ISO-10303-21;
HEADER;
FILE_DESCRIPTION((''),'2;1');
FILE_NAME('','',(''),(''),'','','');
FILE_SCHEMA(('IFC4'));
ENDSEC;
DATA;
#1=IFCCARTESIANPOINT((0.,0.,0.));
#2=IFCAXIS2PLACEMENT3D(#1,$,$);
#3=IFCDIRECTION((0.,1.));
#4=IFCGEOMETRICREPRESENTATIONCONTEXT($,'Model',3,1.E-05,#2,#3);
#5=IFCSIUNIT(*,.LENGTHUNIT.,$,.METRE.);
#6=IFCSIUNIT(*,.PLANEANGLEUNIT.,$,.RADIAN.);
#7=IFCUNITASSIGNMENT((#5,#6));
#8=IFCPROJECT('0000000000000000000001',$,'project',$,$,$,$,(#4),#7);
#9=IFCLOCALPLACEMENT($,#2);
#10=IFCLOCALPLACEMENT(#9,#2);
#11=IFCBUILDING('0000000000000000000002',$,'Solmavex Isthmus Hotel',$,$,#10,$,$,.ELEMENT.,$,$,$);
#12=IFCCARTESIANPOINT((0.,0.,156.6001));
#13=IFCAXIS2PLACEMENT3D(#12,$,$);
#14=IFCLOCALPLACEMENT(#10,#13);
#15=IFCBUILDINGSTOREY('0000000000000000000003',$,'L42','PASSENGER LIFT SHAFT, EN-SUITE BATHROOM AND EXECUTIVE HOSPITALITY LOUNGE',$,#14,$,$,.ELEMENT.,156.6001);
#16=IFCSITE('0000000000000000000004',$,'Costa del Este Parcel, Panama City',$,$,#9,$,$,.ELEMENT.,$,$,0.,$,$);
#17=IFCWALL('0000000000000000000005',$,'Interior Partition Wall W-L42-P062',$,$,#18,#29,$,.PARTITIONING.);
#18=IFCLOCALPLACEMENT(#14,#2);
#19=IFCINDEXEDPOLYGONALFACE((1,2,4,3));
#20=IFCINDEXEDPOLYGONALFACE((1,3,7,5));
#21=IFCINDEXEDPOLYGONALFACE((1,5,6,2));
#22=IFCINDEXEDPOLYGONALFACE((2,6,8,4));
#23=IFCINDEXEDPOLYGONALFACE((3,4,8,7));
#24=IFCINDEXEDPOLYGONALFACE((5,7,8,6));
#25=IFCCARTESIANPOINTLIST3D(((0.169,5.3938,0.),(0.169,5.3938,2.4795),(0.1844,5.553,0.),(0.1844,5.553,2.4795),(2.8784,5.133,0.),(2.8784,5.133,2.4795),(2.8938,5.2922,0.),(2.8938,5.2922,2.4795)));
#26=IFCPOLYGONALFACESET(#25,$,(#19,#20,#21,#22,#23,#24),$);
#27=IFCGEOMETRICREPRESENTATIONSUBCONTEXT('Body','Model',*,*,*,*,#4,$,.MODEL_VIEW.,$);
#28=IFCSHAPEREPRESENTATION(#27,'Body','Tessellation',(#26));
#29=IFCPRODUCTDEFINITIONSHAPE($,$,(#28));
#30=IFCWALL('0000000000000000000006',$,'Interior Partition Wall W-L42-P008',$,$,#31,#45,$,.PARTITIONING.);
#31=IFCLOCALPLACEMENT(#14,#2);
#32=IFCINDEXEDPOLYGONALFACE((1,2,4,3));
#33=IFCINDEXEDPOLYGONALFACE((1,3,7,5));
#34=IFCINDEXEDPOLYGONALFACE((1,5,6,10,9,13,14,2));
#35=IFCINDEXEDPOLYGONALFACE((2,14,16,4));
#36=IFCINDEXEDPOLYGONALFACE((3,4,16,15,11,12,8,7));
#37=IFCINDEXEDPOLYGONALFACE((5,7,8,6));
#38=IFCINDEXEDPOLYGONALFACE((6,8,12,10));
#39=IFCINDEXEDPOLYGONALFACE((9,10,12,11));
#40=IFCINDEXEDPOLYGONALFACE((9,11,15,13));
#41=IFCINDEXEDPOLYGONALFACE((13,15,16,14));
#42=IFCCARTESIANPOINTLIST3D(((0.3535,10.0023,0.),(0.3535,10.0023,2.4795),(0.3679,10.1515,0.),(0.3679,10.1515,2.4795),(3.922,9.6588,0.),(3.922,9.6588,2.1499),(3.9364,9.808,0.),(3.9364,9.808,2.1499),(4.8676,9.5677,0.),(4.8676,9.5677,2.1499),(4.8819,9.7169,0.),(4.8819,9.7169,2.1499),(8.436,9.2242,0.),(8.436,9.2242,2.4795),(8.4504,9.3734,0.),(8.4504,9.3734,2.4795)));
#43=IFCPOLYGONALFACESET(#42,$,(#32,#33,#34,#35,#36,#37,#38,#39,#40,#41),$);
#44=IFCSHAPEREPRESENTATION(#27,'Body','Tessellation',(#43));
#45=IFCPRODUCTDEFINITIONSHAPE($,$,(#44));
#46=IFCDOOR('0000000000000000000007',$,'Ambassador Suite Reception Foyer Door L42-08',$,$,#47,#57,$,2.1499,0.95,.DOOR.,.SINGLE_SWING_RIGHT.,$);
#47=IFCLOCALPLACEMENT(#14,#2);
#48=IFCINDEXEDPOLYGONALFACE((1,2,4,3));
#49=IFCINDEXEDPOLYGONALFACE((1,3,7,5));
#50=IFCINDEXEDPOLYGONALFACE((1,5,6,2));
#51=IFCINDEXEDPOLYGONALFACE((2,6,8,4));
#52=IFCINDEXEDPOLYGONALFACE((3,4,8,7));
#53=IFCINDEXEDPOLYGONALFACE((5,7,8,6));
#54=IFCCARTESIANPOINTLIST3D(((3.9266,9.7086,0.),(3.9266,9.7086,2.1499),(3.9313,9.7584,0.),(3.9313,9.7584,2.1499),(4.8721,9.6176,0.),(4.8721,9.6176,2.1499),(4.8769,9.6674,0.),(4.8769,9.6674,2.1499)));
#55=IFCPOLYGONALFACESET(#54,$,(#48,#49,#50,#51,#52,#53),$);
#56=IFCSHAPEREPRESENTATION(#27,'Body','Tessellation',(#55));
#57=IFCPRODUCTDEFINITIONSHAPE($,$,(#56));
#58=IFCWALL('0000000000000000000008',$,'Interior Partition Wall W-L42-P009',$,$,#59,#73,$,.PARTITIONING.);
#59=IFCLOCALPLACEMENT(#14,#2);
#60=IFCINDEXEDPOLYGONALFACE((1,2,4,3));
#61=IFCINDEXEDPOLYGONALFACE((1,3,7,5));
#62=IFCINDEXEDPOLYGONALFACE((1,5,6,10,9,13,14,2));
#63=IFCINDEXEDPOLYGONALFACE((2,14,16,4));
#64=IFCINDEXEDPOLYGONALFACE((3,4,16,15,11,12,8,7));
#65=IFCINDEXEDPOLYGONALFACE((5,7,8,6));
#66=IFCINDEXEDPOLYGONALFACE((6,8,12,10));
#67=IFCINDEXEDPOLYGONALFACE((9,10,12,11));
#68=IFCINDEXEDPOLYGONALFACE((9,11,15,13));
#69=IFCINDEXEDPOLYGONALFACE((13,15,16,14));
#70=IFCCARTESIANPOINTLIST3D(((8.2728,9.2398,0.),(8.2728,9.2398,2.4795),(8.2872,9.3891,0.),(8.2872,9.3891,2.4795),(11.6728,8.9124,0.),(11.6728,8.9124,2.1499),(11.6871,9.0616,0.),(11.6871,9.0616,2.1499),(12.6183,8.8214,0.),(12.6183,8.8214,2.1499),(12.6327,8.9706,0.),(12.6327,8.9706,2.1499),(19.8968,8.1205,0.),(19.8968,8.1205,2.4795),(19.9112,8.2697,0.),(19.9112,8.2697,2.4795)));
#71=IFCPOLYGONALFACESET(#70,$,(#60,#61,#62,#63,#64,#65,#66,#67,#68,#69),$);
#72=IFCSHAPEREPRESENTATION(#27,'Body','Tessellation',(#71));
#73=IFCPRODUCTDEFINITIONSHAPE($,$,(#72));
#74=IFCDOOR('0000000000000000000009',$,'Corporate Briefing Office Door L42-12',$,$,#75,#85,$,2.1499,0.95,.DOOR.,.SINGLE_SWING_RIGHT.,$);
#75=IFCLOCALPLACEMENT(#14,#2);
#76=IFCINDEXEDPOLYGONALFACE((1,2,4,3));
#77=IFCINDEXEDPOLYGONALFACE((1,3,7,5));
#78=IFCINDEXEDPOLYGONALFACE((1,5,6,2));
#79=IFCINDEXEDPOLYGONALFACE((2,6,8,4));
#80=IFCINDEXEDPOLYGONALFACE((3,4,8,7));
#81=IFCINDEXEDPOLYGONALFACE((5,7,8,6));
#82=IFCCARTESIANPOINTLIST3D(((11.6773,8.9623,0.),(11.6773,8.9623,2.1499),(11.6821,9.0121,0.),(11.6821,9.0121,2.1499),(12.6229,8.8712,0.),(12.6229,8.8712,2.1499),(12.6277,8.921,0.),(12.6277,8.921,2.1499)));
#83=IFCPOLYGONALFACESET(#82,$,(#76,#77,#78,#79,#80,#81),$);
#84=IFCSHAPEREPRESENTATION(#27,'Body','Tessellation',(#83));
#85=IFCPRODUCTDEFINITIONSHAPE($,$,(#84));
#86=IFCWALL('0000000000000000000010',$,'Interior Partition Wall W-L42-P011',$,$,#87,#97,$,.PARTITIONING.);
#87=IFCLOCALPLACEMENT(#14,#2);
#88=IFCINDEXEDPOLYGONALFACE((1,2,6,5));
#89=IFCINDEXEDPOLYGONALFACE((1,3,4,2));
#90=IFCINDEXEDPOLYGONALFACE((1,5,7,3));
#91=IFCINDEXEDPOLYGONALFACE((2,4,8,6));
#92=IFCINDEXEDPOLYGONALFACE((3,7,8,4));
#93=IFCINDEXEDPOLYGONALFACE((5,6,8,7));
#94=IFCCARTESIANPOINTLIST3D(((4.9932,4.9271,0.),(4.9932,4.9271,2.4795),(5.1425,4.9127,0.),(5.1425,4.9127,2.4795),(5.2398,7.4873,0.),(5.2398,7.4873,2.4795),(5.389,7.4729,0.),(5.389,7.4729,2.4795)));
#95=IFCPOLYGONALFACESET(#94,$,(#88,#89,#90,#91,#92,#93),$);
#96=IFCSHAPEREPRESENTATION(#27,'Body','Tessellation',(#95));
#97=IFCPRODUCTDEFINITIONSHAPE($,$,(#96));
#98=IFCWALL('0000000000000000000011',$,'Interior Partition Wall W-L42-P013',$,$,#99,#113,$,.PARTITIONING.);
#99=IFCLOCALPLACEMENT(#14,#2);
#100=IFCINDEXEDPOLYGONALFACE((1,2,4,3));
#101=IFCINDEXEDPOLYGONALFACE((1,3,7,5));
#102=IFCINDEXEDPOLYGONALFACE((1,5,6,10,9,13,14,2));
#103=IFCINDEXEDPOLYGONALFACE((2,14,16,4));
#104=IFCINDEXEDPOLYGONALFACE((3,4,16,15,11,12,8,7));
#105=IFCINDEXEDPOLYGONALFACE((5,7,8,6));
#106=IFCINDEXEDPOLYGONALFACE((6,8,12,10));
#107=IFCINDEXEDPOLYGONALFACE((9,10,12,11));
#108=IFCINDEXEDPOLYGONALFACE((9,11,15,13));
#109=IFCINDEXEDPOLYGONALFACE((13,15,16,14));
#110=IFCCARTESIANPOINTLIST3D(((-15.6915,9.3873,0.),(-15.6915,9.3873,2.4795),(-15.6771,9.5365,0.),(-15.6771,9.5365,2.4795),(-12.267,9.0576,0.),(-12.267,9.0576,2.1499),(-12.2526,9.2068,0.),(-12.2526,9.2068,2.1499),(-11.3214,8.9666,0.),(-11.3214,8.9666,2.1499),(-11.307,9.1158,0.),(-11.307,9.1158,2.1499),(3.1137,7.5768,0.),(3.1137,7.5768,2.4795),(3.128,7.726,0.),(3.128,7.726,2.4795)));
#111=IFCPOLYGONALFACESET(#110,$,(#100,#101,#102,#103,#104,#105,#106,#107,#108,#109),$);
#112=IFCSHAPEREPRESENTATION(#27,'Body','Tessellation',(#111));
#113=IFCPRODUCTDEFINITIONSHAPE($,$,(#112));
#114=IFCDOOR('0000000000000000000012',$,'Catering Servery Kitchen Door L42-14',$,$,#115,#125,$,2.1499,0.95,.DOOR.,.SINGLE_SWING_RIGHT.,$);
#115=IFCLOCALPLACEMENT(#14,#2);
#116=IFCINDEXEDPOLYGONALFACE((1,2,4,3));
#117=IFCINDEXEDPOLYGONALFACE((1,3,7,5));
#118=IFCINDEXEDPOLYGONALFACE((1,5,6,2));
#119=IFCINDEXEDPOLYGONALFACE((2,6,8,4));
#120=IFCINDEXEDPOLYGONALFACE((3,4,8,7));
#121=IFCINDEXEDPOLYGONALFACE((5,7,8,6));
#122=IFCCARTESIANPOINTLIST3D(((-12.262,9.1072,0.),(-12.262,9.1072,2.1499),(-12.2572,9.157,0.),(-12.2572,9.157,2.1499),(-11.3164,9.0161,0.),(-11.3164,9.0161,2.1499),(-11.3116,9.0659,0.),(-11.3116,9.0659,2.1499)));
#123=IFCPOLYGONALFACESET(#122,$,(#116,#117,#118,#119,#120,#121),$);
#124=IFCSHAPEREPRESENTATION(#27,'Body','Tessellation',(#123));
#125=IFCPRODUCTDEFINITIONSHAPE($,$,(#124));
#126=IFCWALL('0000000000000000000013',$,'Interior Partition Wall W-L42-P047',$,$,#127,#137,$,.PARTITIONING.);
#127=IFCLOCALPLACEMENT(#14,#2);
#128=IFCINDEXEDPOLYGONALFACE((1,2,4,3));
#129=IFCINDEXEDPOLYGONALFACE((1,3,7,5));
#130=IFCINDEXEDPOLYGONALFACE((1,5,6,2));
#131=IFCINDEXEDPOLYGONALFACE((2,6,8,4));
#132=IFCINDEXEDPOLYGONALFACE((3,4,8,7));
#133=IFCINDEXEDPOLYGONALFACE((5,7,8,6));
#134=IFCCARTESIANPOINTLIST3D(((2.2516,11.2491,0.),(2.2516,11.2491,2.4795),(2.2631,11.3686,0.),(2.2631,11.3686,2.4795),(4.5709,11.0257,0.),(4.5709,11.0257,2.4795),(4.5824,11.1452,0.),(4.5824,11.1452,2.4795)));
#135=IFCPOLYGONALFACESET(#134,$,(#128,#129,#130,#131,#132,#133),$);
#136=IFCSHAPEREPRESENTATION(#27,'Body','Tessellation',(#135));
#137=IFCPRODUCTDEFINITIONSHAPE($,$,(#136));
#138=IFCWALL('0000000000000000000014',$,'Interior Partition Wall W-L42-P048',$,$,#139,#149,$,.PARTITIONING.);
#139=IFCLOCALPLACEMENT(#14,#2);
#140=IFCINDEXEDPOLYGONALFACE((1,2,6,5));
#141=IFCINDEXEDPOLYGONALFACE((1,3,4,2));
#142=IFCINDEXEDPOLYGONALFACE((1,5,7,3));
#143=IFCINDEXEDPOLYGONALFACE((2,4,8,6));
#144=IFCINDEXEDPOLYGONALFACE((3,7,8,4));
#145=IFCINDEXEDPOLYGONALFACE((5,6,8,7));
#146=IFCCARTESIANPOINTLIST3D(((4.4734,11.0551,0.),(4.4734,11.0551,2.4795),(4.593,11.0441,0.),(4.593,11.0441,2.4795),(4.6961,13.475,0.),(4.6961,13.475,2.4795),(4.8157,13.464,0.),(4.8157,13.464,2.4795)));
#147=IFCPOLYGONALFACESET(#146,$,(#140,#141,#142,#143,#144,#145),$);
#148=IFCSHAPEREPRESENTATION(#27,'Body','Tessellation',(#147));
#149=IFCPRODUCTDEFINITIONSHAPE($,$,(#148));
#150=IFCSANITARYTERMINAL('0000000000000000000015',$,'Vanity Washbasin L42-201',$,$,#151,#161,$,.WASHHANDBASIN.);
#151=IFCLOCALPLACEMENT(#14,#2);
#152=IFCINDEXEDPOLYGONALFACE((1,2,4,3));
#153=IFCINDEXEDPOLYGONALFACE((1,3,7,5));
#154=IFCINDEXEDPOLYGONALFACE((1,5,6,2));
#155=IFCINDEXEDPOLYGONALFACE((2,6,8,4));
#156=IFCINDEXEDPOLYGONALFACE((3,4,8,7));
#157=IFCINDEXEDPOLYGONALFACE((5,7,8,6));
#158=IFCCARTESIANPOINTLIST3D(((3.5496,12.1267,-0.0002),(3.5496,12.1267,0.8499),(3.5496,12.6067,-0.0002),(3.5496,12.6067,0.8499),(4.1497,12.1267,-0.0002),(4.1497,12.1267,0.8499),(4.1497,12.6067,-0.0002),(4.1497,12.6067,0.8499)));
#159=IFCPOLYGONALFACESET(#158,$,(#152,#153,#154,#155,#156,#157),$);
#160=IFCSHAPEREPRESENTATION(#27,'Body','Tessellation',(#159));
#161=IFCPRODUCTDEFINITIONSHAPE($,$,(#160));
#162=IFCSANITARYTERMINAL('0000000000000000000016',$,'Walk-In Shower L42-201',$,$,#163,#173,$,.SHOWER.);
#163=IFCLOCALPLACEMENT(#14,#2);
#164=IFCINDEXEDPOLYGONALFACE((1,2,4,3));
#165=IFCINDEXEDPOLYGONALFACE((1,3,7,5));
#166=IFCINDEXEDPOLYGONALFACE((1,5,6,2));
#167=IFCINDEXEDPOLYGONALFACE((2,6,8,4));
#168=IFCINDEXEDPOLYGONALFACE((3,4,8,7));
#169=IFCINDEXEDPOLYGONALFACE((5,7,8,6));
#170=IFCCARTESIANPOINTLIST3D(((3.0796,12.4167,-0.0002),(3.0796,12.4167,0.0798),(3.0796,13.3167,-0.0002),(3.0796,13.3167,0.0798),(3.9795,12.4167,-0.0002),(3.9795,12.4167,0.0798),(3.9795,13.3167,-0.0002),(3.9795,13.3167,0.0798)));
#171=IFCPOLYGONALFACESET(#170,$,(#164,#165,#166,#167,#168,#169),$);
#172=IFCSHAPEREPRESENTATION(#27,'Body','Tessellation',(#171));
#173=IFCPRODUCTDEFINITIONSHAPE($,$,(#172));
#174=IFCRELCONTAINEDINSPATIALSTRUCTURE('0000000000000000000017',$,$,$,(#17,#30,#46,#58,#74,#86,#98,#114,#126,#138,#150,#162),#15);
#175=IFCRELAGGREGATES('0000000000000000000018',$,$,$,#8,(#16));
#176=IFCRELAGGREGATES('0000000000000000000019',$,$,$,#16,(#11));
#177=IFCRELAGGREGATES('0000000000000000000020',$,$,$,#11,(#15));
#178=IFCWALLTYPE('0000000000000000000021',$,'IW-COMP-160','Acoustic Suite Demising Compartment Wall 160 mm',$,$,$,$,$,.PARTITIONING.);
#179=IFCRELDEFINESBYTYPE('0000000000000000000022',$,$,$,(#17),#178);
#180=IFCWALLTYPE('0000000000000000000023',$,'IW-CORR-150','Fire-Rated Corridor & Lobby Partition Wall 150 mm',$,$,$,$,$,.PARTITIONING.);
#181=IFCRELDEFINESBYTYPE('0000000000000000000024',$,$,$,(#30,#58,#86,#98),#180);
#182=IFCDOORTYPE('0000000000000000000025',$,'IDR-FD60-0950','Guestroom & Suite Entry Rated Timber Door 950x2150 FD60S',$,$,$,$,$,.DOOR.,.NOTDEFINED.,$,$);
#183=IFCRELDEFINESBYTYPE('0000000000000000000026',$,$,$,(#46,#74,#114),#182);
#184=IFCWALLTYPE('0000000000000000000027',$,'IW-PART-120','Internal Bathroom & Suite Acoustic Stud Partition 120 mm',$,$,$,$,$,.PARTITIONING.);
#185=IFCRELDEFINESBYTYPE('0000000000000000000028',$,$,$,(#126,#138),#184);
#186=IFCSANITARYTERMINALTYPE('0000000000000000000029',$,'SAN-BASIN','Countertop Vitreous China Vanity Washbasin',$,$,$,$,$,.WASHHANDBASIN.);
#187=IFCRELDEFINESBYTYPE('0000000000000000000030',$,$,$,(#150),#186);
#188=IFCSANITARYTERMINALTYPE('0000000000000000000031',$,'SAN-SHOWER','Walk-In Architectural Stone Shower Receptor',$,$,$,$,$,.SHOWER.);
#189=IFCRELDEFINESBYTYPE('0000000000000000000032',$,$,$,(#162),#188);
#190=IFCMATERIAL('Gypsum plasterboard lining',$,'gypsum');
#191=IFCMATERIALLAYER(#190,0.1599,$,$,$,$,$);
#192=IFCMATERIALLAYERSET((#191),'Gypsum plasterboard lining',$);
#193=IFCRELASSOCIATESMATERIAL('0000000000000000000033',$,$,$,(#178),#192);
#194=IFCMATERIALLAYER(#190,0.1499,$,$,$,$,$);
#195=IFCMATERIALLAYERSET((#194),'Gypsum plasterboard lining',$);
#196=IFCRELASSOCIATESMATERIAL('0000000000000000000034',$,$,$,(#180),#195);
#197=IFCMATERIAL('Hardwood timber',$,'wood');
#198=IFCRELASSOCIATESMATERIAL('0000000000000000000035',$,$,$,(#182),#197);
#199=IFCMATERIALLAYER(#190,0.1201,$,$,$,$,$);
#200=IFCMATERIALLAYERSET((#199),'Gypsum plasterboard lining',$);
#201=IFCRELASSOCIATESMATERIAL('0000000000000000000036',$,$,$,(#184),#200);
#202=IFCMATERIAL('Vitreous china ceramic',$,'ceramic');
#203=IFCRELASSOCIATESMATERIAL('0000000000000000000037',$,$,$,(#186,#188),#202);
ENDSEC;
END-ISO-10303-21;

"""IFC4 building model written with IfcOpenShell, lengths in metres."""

from ifc_helpers import new_model, si_unit, direction, frame, frame_2d, origin, origin_2d, place, context, subcontext, project, spatial, rectangle, extrude, material, layer, layer_set, type_object, element, fill, save


model = new_model("IFC4")

# Units and contexts
model_context = context("Model", 3, precision=1e-05, world=origin(), true_north=direction((0.0, 1.0)))
body_context = subcontext(model_context, "Body", "Model", "MODEL_VIEW")
ifc_project = project(units=[si_unit("LENGTHUNIT", "METRE"), si_unit("PLANEANGLEUNIT", "RADIAN")], contexts=[model_context])

# Site, building, storey
site_placement = place(None, origin())
site = spatial("IfcSite", under=ifc_project, at=site_placement, Name="Costa del Este Parcel, Panama City", CompositionType="ELEMENT", RefElevation=0.0)
building_placement = place(site_placement, origin())
building = spatial("IfcBuilding", under=site, at=building_placement, Name="Solmavex Isthmus Hotel", CompositionType="ELEMENT")
storey_placement = place(building_placement, frame((0.0, 0.0, 156.6001)))
storey = spatial("IfcBuildingStorey", under=building, at=storey_placement, Name="L42", Description="PASSENGER LIFT SHAFT, EN-SUITE BATHROOM AND EXECUTIVE HOSPITALITY LOUNGE", CompositionType="ELEMENT", Elevation=156.6001)

# Wall
ifc_material_1 = material(Name="Gypsum plasterboard lining", Category="gypsum")
ifc_layer_1 = layer(ifc_material_1, 0.1599)
ifc_layer_set_1 = layer_set([ifc_layer_1], Name="Gypsum plasterboard lining")
wall_type_1 = type_object("IfcWallType", Name="IW-COMP-160", Description="Acoustic Suite Demising Compartment Wall 160 mm", PredefinedType="PARTITIONING", material=ifc_layer_set_1)
wall_1_placement = place(storey_placement, frame((2.886, 5.2126, 0.0), z_axis=(0.0, 0.0, 1.0), x_axis=(-0.995401, 0.095791, 0.0)))
element("IfcWall", 1, at=wall_1_placement, inside=storey, type_object=wall_type_1, Name="Interior Partition Wall W-L42-P062", PredefinedType="PARTITIONING", context=body_context, shape_type="SweptSolid", body=[
    extrude(rectangle(XDim=2.7219, YDim=0.1599, at=frame_2d((1.3608, 0.0))), origin(), (0.0, 0.0, 1.0), 2.4795),
])

# Walls, openings, doors
ifc_layer_2 = layer(ifc_material_1, 0.1499)
ifc_layer_set_2 = layer_set([ifc_layer_2], Name="Gypsum plasterboard lining")
wall_type_2 = type_object("IfcWallType", Name="IW-CORR-150", Description="Fire-Rated Corridor & Lobby Partition Wall 150 mm", PredefinedType="PARTITIONING", material=ifc_layer_set_2)
wall_2_placement = place(storey_placement, frame((0.3606, 10.0769, 0.0), z_axis=(0.0, 0.0, 1.0), x_axis=(0.995398, -0.095824, 0.0)))
wall_2 = element("IfcWall", 2, at=wall_2_placement, inside=storey, type_object=wall_type_2, Name="Interior Partition Wall W-L42-P008", PredefinedType="PARTITIONING", context=body_context, shape_type="SweptSolid", body=[
    extrude(rectangle(XDim=8.1199, YDim=0.1499, at=frame_2d((4.0601, 0.0))), origin(), (0.0, 0.0, 1.0), 2.4795),
])
opening_1_placement = place(wall_2_placement, frame((3.585, 0.0, 0.0)))
opening_1 = element("IfcOpeningElement", 3, at=opening_1_placement, cuts=wall_2, PredefinedType="OPENING", context=body_context, shape_type="SweptSolid", body=[
    extrude(rectangle(XDim=0.95, YDim=2.1499, at=frame_2d((0.4751, 1.075))), frame((0.0, 0.085, 0.0), z_axis=(0.0, -1.0, 0.0), x_axis=(1.0, 0.0, 0.0)), (0.0, 0.0, 1.0), 0.1699),
])
ifc_material_2 = material(Name="Hardwood timber", Category="wood")
door_type = type_object("IfcDoorType", Name="IDR-FD60-0950", Description="Guestroom & Suite Entry Rated Timber Door 950x2150 FD60S", OperationType="NOTDEFINED", PredefinedType="DOOR", material=ifc_material_2)
door_1_placement = place(opening_1_placement, frame((0.95, 0.0, 0.0), z_axis=(0.0, 0.0, 1.0), x_axis=(-1.0, 0.0, 0.0)))
door_1 = element("IfcDoor", 4, at=door_1_placement, inside=storey, type_object=door_type, Name="Ambassador Suite Reception Foyer Door L42-08", OperationType="SINGLE_SWING_RIGHT", OverallHeight=2.1499, OverallWidth=0.95, PredefinedType="DOOR", context=body_context, shape_type="SweptSolid", body=[
    extrude(rectangle(XDim=0.95, YDim=2.1499, at=frame_2d((0.4751, 1.075))), frame((0.0, 0.0249, 0.0), z_axis=(0.0, -1.0, 0.0), x_axis=(1.0, 0.0, 0.0)), (0.0, 0.0, 1.0), 0.05),
])
fill(opening_1, door_1)
wall_3_placement = place(storey_placement, frame((8.28, 9.3145, 0.0), z_axis=(0.0, 0.0, 1.0), x_axis=(0.995395, -0.095856, 0.0)))
wall_3 = element("IfcWall", 5, at=wall_3_placement, inside=storey, type_object=wall_type_2, Name="Interior Partition Wall W-L42-P009", PredefinedType="PARTITIONING", context=body_context, shape_type="SweptSolid", body=[
    extrude(rectangle(XDim=11.6777, YDim=0.1499, at=frame_2d((5.8389, 0.0))), origin(), (0.0, 0.0, 1.0), 2.4795),
])
opening_2_placement = place(wall_3_placement, frame((3.4155, 0.0, 0.0)))
opening_2 = element("IfcOpeningElement", 6, at=opening_2_placement, cuts=wall_3, PredefinedType="OPENING", context=body_context, shape_type="SweptSolid", body=[
    extrude(rectangle(XDim=0.95, YDim=2.1499, at=frame_2d((0.4751, 1.075))), frame((0.0, 0.085, 0.0), z_axis=(0.0, -1.0, 0.0), x_axis=(1.0, 0.0, 0.0)), (0.0, 0.0, 1.0), 0.1699),
])
door_2_placement = place(opening_2_placement, frame((0.95, 0.0, 0.0), z_axis=(0.0, 0.0, 1.0), x_axis=(-1.0, 0.0, 0.0)))
door_2 = element("IfcDoor", 7, at=door_2_placement, inside=storey, type_object=door_type, Name="Corporate Briefing Office Door L42-12", OperationType="SINGLE_SWING_RIGHT", OverallHeight=2.1499, OverallWidth=0.95, PredefinedType="DOOR", context=body_context, shape_type="SweptSolid", body=[
    extrude(rectangle(XDim=0.95, YDim=2.1499, at=frame_2d((0.4751, 1.075))), frame((0.0, 0.0249, 0.0), z_axis=(0.0, -1.0, 0.0), x_axis=(1.0, 0.0, 0.0)), (0.0, 0.0, 1.0), 0.05),
])
fill(opening_2, door_2)

# Wall
wall_4_placement = place(storey_placement, frame((5.3145, 7.4802, 0.0), z_axis=(0.0, 0.0, 1.0), x_axis=(-0.095875, -0.995393, 0.0)))
element("IfcWall", 8, at=wall_4_placement, inside=storey, type_object=wall_type_2, Name="Interior Partition Wall W-L42-P011", PredefinedType="PARTITIONING", context=body_context, shape_type="SweptSolid", body=[
    extrude(rectangle(XDim=2.572, YDim=0.1499, at=frame_2d((1.2861, 0.0))), origin(), (0.0, 0.0, 1.0), 2.4795),
])

# Wall, opening, door
wall_5_placement = place(storey_placement, frame((3.1208, 7.6514, 0.0), z_axis=(0.0, 0.0, 1.0), x_axis=(-0.995397, 0.095836, 0.0)))
wall_5 = element("IfcWall", 9, at=wall_5_placement, inside=storey, type_object=wall_type_2, Name="Interior Partition Wall W-L42-P013", PredefinedType="PARTITIONING", context=body_context, shape_type="SweptSolid", body=[
    extrude(rectangle(XDim=18.8921, YDim=0.1499, at=frame_2d((9.446, 0.0))), origin(), (0.0, 0.0, 1.0), 2.4795),
])
opening_3_placement = place(wall_5_placement, frame((14.5017, 0.0, 0.0)))
opening_3 = element("IfcOpeningElement", 10, at=opening_3_placement, cuts=wall_5, PredefinedType="OPENING", context=body_context, shape_type="SweptSolid", body=[
    extrude(rectangle(XDim=0.95, YDim=2.1499, at=frame_2d((0.4751, 1.075))), frame((0.0, 0.085, 0.0), z_axis=(0.0, -1.0, 0.0), x_axis=(1.0, 0.0, 0.0)), (0.0, 0.0, 1.0), 0.1699),
])
door_3_placement = place(opening_3_placement, frame((0.95, 0.0, 0.0), z_axis=(0.0, 0.0, 1.0), x_axis=(-1.0, 0.0, 0.0)))
door_3 = element("IfcDoor", 11, at=door_3_placement, inside=storey, type_object=door_type, Name="Catering Servery Kitchen Door L42-14", OperationType="SINGLE_SWING_RIGHT", OverallHeight=2.1499, OverallWidth=0.95, PredefinedType="DOOR", context=body_context, shape_type="SweptSolid", body=[
    extrude(rectangle(XDim=0.95, YDim=2.1499, at=frame_2d((0.4751, 1.075))), frame((0.0, 0.0249, 0.0), z_axis=(0.0, -1.0, 0.0), x_axis=(1.0, 0.0, 0.0)), (0.0, 0.0, 1.0), 0.05),
])
fill(opening_3, door_3)

# Walls
ifc_layer_3 = layer(ifc_material_1, 0.1201)
ifc_layer_set_3 = layer_set([ifc_layer_3], Name="Gypsum plasterboard lining")
wall_type_3 = type_object("IfcWallType", Name="IW-PART-120", Description="Internal Bathroom & Suite Acoustic Stud Partition 120 mm", PredefinedType="PARTITIONING", material=ifc_layer_set_3)
wall_6_placement = place(storey_placement, frame((2.2573, 11.3088, 0.0), z_axis=(0.0, 0.0, 1.0), x_axis=(0.995394, -0.095872, 0.0)))
element("IfcWall", 12, at=wall_6_placement, inside=storey, type_object=wall_type_3, Name="Interior Partition Wall W-L42-P047", PredefinedType="PARTITIONING", context=body_context, shape_type="SweptSolid", body=[
    extrude(rectangle(XDim=2.3301, YDim=0.1201, at=frame_2d((1.165, 0.0))), origin(), (0.0, 0.0, 1.0), 2.4795),
])
wall_7_placement = place(storey_placement, frame((4.5332, 11.0496, 0.0), z_axis=(0.0, 0.0, 1.0), x_axis=(0.091623, 0.995794, 0.0)))
element("IfcWall", 13, at=wall_7_placement, inside=storey, type_object=wall_type_3, Name="Interior Partition Wall W-L42-P048", PredefinedType="PARTITIONING", context=body_context, shape_type="SweptSolid", body=[
    extrude(rectangle(XDim=2.4302, YDim=0.1201, at=frame_2d((1.2151, 0.0))), origin(), (0.0, 0.0, 1.0), 2.4795),
])

# Sanitary terminals
ifc_material_3 = material(Name="Vitreous china ceramic", Category="ceramic")
sanitary_terminal_type_1 = type_object("IfcSanitaryTerminalType", Name="SAN-BASIN", Description="Countertop Vitreous China Vanity Washbasin", PredefinedType="WASHHANDBASIN", material=ifc_material_3)
sanitary_terminal_1_placement = place(storey_placement, frame((3.8496, 12.3667, -0.0002), z_axis=(0.0, 0.0, 1.0), x_axis=(1.0, 0.0, 0.0)))
element("IfcSanitaryTerminal", 14, at=sanitary_terminal_1_placement, inside=storey, type_object=sanitary_terminal_type_1, Name="Vanity Washbasin L42-201", PredefinedType="WASHHANDBASIN", context=body_context, shape_type="SweptSolid", body=[
    extrude(rectangle(XDim=0.6001, YDim=0.48, at=origin_2d()), origin(), (0.0, 0.0, 1.0), 0.8501),
])
sanitary_terminal_type_2 = type_object("IfcSanitaryTerminalType", Name="SAN-SHOWER", Description="Walk-In Architectural Stone Shower Receptor", PredefinedType="SHOWER", material=ifc_material_3)
sanitary_terminal_2_placement = place(storey_placement, frame((3.5295, 12.8667, -0.0002), z_axis=(0.0, 0.0, 1.0), x_axis=(1.0, 0.0, 0.0)))
element("IfcSanitaryTerminal", 15, at=sanitary_terminal_2_placement, inside=storey, type_object=sanitary_terminal_type_2, Name="Walk-In Shower L42-201", PredefinedType="SHOWER", context=body_context, shape_type="SweptSolid", body=[
    extrude(rectangle(XDim=0.8999, YDim=0.8999, at=origin_2d()), origin(), (0.0, 0.0, 1.0), 0.0801),
])

save(model, "model.ifc")
